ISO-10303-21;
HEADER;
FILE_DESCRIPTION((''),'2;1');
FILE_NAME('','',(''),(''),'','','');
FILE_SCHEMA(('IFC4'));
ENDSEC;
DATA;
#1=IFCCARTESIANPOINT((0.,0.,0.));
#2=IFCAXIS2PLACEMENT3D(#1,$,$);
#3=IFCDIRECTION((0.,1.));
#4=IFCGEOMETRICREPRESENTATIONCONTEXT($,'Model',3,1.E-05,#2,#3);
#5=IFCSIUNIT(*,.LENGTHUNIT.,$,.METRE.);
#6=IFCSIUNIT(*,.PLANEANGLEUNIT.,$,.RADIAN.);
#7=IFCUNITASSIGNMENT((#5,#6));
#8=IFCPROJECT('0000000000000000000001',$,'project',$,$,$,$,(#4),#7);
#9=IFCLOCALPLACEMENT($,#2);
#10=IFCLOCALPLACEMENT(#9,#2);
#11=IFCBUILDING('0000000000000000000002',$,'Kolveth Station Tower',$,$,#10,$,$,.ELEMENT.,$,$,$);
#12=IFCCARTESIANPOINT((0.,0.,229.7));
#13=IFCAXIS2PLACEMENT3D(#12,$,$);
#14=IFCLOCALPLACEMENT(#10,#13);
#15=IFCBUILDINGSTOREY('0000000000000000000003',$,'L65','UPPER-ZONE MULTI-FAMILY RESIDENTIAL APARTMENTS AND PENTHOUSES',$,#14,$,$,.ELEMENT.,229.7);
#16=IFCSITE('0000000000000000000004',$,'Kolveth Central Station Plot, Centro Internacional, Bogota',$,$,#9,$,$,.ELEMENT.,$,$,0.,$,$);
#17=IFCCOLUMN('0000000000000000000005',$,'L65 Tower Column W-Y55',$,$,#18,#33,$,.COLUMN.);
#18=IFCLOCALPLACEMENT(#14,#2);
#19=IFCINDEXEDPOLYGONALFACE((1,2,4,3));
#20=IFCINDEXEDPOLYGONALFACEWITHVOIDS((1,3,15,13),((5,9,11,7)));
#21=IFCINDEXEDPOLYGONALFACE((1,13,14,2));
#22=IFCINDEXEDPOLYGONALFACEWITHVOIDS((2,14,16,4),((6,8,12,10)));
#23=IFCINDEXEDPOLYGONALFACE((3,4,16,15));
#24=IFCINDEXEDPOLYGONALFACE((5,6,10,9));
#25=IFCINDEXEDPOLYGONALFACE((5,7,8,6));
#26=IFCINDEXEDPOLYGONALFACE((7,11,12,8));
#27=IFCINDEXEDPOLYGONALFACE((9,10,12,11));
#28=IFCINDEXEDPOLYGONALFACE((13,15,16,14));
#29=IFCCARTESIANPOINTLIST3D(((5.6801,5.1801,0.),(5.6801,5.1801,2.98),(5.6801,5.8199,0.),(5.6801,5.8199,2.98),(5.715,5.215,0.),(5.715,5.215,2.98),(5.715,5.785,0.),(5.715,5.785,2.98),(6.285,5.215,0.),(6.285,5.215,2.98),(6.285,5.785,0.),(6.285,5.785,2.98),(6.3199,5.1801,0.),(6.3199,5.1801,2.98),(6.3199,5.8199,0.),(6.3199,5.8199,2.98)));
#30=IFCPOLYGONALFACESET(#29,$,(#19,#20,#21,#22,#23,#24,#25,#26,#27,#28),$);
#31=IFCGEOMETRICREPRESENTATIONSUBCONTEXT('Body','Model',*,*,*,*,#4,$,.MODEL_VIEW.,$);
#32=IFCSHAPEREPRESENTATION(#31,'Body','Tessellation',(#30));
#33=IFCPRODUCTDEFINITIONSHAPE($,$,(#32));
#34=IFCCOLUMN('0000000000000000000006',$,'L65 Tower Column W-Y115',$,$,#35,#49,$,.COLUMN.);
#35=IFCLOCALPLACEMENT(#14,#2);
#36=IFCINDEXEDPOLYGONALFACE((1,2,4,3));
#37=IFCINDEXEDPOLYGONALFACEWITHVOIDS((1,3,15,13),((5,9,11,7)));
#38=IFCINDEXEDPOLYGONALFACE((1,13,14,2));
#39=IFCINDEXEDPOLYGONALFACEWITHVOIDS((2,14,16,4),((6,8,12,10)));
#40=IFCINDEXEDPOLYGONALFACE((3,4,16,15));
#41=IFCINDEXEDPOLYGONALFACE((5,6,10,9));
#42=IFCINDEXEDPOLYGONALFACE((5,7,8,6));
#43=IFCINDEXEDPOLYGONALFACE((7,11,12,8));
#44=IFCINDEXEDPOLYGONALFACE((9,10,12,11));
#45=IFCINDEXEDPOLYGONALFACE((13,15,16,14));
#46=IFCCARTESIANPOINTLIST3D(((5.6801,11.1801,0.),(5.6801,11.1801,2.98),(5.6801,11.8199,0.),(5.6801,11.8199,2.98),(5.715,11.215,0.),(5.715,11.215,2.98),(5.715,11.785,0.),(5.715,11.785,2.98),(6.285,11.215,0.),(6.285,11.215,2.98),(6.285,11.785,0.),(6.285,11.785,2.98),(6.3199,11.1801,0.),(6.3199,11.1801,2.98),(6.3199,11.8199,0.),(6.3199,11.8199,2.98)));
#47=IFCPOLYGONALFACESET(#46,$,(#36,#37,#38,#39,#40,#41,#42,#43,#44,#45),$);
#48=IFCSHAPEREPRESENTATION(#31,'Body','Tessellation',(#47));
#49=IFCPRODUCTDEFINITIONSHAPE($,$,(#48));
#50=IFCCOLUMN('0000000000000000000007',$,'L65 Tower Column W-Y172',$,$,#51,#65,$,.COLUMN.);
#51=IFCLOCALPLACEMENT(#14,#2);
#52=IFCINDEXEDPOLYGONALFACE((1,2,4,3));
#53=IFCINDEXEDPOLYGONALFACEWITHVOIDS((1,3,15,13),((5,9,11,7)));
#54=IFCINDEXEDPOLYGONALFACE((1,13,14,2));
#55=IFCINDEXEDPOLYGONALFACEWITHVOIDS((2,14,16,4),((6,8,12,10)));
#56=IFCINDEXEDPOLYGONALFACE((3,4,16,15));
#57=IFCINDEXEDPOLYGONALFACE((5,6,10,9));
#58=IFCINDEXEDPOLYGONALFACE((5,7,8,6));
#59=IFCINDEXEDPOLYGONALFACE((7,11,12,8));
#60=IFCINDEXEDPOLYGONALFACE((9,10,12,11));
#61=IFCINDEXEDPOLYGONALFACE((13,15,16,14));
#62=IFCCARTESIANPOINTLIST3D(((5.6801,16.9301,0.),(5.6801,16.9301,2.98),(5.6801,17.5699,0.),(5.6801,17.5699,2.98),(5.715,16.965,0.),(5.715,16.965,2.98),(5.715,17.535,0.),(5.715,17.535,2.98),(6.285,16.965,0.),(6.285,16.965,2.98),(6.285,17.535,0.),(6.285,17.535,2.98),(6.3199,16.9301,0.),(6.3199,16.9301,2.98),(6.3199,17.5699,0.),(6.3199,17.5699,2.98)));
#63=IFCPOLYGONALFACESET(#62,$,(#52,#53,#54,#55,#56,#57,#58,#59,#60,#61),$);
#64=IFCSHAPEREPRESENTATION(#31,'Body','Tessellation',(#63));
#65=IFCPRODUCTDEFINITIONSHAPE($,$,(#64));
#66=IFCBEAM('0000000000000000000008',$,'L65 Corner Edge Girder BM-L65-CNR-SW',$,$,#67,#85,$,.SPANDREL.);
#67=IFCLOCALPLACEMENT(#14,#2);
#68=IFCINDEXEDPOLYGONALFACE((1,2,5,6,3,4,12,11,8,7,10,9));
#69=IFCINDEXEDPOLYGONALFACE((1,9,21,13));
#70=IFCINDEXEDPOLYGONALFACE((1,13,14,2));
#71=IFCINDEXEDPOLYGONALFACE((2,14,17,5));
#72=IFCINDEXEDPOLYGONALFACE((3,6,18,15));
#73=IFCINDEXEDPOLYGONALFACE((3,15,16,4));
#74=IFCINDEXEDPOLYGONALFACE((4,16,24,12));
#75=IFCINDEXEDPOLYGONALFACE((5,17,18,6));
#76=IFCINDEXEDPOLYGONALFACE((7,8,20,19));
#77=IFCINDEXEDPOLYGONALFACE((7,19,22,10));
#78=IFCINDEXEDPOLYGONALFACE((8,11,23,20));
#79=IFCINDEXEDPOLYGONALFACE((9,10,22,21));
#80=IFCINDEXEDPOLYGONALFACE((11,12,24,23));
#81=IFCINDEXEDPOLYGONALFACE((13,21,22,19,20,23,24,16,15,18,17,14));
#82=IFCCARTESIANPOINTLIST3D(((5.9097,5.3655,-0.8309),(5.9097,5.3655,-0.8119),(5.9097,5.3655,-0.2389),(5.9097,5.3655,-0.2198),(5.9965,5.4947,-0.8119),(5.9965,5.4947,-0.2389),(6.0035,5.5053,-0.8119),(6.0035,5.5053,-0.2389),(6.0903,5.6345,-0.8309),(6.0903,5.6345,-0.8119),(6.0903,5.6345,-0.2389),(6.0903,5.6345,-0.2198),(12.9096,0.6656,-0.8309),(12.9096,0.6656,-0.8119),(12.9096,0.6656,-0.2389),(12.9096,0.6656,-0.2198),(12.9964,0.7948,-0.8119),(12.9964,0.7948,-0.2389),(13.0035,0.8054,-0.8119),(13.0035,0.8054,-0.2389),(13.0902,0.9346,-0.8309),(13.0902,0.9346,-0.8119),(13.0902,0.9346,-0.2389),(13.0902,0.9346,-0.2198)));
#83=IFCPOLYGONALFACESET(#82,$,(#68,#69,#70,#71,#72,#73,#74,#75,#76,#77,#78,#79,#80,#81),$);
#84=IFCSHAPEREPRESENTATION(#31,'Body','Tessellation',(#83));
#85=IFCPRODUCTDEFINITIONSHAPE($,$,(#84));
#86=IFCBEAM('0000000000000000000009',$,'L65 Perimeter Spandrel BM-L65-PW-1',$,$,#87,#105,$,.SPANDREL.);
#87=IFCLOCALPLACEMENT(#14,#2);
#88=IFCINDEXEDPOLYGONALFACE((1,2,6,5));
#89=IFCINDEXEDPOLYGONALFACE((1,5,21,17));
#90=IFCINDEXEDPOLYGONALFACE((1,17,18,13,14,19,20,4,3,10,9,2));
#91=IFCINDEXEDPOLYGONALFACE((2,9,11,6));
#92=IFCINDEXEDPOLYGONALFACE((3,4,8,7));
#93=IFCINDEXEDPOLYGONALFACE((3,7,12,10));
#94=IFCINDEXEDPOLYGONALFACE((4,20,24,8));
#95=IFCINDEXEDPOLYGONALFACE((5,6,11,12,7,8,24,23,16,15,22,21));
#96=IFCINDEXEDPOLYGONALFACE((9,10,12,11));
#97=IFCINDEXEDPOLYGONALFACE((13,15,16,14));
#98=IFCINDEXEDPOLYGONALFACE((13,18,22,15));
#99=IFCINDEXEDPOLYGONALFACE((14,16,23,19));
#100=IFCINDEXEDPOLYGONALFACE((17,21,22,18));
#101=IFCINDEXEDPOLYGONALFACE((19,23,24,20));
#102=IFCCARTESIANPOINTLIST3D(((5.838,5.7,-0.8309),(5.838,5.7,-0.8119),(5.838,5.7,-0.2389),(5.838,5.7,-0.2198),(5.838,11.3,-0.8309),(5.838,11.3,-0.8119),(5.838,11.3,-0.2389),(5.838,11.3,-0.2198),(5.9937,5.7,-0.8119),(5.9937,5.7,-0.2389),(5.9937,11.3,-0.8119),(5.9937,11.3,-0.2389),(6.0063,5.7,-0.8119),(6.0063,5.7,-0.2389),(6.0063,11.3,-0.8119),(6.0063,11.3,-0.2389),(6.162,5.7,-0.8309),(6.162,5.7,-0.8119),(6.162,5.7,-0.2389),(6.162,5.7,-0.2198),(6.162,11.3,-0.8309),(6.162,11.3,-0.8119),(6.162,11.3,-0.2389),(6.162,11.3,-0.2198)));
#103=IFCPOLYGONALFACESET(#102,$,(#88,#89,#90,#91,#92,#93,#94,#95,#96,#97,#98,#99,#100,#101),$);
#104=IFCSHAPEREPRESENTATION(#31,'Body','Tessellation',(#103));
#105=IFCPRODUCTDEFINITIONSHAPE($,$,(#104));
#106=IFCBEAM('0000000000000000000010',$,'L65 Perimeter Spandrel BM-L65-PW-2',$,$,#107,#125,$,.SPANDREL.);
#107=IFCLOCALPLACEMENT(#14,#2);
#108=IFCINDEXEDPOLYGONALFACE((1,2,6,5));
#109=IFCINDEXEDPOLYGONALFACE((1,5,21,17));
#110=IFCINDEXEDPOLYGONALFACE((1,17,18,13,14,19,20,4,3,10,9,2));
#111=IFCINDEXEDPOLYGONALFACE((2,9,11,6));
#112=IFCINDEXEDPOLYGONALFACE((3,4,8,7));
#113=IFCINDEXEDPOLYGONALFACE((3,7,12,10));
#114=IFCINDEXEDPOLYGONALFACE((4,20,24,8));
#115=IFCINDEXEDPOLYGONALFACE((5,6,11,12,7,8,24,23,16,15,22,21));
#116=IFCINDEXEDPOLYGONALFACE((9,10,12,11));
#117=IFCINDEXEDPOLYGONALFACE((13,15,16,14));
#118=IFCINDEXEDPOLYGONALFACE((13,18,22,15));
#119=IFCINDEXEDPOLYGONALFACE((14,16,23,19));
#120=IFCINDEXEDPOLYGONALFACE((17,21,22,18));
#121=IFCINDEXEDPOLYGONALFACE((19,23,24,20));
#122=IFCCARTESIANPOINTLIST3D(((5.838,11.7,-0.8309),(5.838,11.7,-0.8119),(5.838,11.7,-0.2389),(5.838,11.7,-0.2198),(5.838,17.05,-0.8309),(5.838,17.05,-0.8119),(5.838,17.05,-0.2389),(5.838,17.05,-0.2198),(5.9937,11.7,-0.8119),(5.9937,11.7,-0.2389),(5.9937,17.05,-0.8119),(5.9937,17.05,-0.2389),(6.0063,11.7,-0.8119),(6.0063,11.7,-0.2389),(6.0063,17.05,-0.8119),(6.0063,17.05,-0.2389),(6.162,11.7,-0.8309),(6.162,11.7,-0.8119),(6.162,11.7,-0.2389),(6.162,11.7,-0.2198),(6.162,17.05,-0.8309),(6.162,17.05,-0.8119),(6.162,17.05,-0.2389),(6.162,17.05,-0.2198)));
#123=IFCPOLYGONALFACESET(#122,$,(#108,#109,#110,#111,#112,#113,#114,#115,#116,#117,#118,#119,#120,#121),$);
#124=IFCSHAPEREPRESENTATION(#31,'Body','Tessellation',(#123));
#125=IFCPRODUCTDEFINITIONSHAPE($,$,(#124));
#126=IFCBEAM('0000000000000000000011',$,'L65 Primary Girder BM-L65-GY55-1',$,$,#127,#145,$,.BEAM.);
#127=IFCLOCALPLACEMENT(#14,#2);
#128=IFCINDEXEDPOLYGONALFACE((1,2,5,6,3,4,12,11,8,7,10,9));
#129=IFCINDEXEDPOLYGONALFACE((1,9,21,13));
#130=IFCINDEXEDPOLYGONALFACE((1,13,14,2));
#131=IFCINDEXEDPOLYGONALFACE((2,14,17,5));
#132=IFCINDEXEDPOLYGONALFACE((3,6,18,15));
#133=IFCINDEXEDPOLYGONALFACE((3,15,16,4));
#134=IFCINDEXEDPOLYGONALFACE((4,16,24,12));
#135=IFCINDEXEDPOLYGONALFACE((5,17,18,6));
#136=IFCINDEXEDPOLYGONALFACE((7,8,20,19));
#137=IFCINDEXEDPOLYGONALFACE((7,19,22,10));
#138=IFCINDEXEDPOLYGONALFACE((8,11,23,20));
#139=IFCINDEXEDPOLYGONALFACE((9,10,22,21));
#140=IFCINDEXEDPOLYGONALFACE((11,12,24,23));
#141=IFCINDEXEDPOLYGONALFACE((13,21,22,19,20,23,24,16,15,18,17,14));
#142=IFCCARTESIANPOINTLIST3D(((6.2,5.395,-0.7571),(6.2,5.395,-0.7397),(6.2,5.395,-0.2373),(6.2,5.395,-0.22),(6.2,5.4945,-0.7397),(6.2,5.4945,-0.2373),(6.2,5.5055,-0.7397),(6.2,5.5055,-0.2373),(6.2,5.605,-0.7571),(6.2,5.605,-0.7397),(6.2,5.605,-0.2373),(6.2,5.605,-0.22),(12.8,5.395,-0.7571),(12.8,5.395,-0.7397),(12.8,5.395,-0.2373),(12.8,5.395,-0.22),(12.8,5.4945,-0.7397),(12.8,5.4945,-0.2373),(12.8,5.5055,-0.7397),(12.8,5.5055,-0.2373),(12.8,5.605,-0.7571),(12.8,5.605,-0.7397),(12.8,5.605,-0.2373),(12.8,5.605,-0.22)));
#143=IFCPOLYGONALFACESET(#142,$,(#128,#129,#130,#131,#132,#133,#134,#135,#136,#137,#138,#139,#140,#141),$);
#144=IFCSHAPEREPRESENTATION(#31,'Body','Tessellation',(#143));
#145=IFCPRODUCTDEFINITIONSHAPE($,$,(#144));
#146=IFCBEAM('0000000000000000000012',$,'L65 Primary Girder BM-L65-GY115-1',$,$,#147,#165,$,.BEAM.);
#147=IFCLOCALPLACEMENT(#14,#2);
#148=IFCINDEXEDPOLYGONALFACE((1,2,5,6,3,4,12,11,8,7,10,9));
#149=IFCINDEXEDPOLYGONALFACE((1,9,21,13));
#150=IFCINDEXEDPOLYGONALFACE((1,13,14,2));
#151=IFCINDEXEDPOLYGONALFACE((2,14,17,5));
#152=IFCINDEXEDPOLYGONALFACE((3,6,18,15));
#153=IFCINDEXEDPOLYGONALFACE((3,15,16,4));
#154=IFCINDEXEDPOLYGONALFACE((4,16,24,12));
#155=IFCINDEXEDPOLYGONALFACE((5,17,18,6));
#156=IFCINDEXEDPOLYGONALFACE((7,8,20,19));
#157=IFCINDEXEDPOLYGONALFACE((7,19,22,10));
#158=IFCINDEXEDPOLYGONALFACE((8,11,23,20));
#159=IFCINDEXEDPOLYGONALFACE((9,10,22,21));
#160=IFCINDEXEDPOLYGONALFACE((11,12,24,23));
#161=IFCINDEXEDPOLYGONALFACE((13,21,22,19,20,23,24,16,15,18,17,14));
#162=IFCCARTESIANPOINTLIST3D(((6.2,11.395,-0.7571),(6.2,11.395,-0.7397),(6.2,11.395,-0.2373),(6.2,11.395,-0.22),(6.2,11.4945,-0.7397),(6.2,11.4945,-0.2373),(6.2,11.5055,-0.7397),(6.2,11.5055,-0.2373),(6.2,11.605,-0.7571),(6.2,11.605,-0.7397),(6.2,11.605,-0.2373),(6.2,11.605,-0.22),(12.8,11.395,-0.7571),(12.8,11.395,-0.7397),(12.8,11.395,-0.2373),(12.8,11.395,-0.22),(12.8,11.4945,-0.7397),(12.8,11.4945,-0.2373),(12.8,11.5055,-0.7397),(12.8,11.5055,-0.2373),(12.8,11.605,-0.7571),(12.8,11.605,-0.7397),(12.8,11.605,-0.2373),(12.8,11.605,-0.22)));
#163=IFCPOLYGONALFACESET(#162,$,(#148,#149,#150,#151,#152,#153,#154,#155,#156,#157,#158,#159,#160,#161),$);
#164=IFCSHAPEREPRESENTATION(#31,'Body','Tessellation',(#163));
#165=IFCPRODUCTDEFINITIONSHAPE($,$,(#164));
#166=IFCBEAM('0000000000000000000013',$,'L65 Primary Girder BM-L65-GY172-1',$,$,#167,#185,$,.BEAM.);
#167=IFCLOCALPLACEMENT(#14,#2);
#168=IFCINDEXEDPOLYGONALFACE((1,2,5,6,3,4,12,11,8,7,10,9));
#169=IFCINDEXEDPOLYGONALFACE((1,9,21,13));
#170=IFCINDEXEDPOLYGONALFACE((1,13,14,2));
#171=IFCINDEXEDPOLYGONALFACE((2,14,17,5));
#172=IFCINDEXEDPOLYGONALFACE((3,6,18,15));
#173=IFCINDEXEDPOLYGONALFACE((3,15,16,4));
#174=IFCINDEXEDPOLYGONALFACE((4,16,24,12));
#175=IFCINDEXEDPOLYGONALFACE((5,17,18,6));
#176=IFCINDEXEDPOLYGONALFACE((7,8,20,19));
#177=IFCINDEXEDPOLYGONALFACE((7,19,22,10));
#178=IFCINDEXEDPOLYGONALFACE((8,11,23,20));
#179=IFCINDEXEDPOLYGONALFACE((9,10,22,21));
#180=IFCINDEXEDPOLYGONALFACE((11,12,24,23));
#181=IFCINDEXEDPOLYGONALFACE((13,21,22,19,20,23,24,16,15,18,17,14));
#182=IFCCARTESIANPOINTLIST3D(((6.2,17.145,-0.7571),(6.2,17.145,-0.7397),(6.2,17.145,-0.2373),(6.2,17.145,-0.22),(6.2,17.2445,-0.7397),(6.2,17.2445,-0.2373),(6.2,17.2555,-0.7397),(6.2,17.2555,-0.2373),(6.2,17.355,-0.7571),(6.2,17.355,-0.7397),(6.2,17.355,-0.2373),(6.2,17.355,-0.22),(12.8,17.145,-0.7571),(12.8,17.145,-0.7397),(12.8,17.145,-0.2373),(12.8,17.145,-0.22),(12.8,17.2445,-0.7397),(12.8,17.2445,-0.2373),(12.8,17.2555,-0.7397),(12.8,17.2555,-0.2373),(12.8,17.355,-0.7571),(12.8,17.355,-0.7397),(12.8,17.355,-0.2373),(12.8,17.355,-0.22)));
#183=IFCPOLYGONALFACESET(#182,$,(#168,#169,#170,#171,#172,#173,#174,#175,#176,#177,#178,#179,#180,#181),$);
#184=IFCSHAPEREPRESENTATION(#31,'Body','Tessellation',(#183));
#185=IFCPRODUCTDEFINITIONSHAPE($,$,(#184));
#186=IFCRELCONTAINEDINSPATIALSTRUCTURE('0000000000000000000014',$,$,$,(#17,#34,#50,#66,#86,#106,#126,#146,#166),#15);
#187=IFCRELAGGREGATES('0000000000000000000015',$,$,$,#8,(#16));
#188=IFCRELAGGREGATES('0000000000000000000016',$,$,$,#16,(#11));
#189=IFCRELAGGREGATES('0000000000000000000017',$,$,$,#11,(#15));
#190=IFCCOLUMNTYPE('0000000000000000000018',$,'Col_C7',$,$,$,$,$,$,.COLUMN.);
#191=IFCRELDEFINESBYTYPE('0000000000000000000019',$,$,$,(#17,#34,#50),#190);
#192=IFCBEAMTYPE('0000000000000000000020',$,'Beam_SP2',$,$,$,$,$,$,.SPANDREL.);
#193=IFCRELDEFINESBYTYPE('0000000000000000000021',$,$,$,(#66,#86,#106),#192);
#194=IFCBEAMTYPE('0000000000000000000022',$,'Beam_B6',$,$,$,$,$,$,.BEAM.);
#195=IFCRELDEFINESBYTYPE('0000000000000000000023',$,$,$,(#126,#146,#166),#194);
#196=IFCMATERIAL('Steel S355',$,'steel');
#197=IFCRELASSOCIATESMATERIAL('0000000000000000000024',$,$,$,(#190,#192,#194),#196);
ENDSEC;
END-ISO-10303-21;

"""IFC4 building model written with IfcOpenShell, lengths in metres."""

from ifc_helpers import new_model, si_unit, direction, frame, origin, origin_2d, place, context, subcontext, project, spatial, hollow_rectangle, i_section, extrude, source, transform, mapped, material, material_profile, profile_set, type_object, element, save


model = new_model("IFC4")

# Units and contexts
model_context = context("Model", 3, precision=1e-05, world=origin(), true_north=direction((0.0, 1.0)))
body_context = subcontext(model_context, "Body", "Model", "MODEL_VIEW")
ifc_project = project(units=[si_unit("LENGTHUNIT", "METRE"), si_unit("PLANEANGLEUNIT", "RADIAN")], contexts=[model_context])

# Site, building, storey
site_placement = place(None, origin())
site = spatial("IfcSite", under=ifc_project, at=site_placement, Name="Kolveth Central Station Plot, Centro Internacional, Bogota", CompositionType="ELEMENT", RefElevation=0.0)
building_placement = place(site_placement, origin())
building = spatial("IfcBuilding", under=site, at=building_placement, Name="Kolveth Station Tower", CompositionType="ELEMENT")
storey_placement = place(building_placement, frame((0.0, 0.0, 229.7)))
storey = spatial("IfcBuildingStorey", under=building, at=storey_placement, Name="L65", Description="UPPER-ZONE MULTI-FAMILY RESIDENTIAL APARTMENTS AND PENTHOUSES", CompositionType="ELEMENT", Elevation=229.7)

# Columns
ifc_material_1 = material(Name="Steel S355", Category="steel")
ifc_material_profile_1 = material_profile(ifc_material_1, hollow_rectangle(XDim=0.6399, YDim=0.6399, WallThickness=0.0349, at=origin_2d()), Name="BOX640x640x35")
ifc_profile_set_1 = profile_set([ifc_material_profile_1], Name="Steel S355")
column_type = type_object("IfcColumnType", Name="Col_C7", PredefinedType="COLUMN", material=ifc_profile_set_1)
shared_shape_1 = source(origin(), body_context, "Body", "SweptSolid", [
    extrude(hollow_rectangle(XDim=0.6399, YDim=0.6399, WallThickness=0.0349, at=origin_2d()), origin(), (0.0, 0.0, 1.0), 2.98),
])
for number, where, z_axis, x_axis, name in (
    (1, (6.0, 5.5, 0.0), (0.0, 0.0, 1.0), (1.0, 0.0, 0.0), "L65 Tower Column W-Y55"),
    (2, (6.0, 11.5, 0.0), (0.0, 0.0, 1.0), (1.0, 0.0, 0.0), "L65 Tower Column W-Y115"),
    (3, (6.0, 17.25, 0.0), (0.0, 0.0, 1.0), (1.0, 0.0, 0.0), "L65 Tower Column W-Y172"),
):
    element("IfcColumn", number, at=place(storey_placement, frame(where, z_axis=z_axis, x_axis=x_axis)), inside=storey, type_object=column_type, Name=name, PredefinedType="COLUMN", context=body_context, shape_type="MappedRepresentation", body=[
        mapped(shared_shape_1, transform((0.0, 0.0, 0.0), x_axis=(1.0, 0.0, 0.0), y_axis=(0.0, 1.0, 0.0), z_axis=(0.0, 0.0, 1.0), scale=1.0)),
    ])

# Beams
ifc_material_profile_2 = material_profile(ifc_material_1, i_section(OverallWidth=0.324, OverallDepth=0.6111, WebThickness=0.0127, FlangeThickness=0.019, at=origin_2d()), Name="W610x155")
ifc_profile_set_2 = profile_set([ifc_material_profile_2], Name="Steel S355")
beam_type_1 = type_object("IfcBeamType", Name="Beam_SP2", PredefinedType="SPANDREL", material=ifc_profile_set_2)
shared_shape_2 = source(origin(), body_context, "Body", "SweptSolid", [
    extrude(i_section(OverallWidth=0.324, OverallDepth=0.6111, WebThickness=0.0127, FlangeThickness=0.019, at=origin_2d()), origin(), (0.0, 0.0, 1.0), 8.4314),
])
beam_1_placement = place(storey_placement, frame((6.0, 5.5, -0.5254), z_axis=(0.830224, -0.55743, 0.0), x_axis=(0.55743, 0.830224, 0.0)))
element("IfcBeam", 4, at=beam_1_placement, inside=storey, type_object=beam_type_1, Name="L65 Corner Edge Girder BM-L65-CNR-SW", PredefinedType="SPANDREL", context=body_context, shape_type="MappedRepresentation", body=[
    mapped(shared_shape_2, transform((0.0, 0.0, 0.0), x_axis=(1.0, 0.0, 0.0), y_axis=(0.0, 1.0, 0.0), z_axis=(0.0, 0.0, 1.0), scale=1.0)),
])
shared_shape_3 = source(origin(), body_context, "Body", "SweptSolid", [
    extrude(i_section(OverallWidth=0.324, OverallDepth=0.6111, WebThickness=0.0127, FlangeThickness=0.019, at=origin_2d()), origin(), (0.0, 0.0, 1.0), 5.6001),
])
beam_2_placement = place(storey_placement, frame((6.0, 5.7, -0.5254), z_axis=(0.0, 1.0, 0.0), x_axis=(-1.0, 0.0, 0.0)))
element("IfcBeam", 5, at=beam_2_placement, inside=storey, type_object=beam_type_1, Name="L65 Perimeter Spandrel BM-L65-PW-1", PredefinedType="SPANDREL", context=body_context, shape_type="MappedRepresentation", body=[
    mapped(shared_shape_3, transform((0.0, 0.0, 0.0), x_axis=(1.0, 0.0, 0.0), y_axis=(0.0, 1.0, 0.0), z_axis=(0.0, 0.0, 1.0), scale=1.0)),
])
shared_shape_4 = source(origin(), body_context, "Body", "SweptSolid", [
    extrude(i_section(OverallWidth=0.324, OverallDepth=0.6111, WebThickness=0.0127, FlangeThickness=0.019, at=origin_2d()), origin(), (0.0, 0.0, 1.0), 5.3501),
])
beam_3_placement = place(storey_placement, frame((6.0, 11.7, -0.5254), z_axis=(0.0, 1.0, 0.0), x_axis=(-1.0, 0.0, 0.0)))
element("IfcBeam", 6, at=beam_3_placement, inside=storey, type_object=beam_type_1, Name="L65 Perimeter Spandrel BM-L65-PW-2", PredefinedType="SPANDREL", context=body_context, shape_type="MappedRepresentation", body=[
    mapped(shared_shape_4, transform((0.0, 0.0, 0.0), x_axis=(1.0, 0.0, 0.0), y_axis=(0.0, 1.0, 0.0), z_axis=(0.0, 0.0, 1.0), scale=1.0)),
])
ifc_material_profile_3 = material_profile(ifc_material_1, i_section(OverallWidth=0.21, OverallDepth=0.5371, WebThickness=0.011, FlangeThickness=0.0173, at=origin_2d()), Name="W530x101")
ifc_profile_set_3 = profile_set([ifc_material_profile_3], Name="Steel S355")
beam_type_2 = type_object("IfcBeamType", Name="Beam_B6", PredefinedType="BEAM", material=ifc_profile_set_3)
shared_shape_5 = source(origin(), body_context, "Body", "SweptSolid", [
    extrude(i_section(OverallWidth=0.21, OverallDepth=0.5371, WebThickness=0.011, FlangeThickness=0.0173, at=origin_2d()), origin(), (0.0, 0.0, 1.0), 6.6001),
])
for number, where, z_axis, x_axis, name in (
    (7, (6.2, 5.5, -0.4885), (1.0, 0.0, 0.0), (0.0, 1.0, 0.0), "L65 Primary Girder BM-L65-GY55-1"),
    (8, (6.2, 11.5, -0.4885), (1.0, 0.0, 0.0), (0.0, 1.0, 0.0), "L65 Primary Girder BM-L65-GY115-1"),
    (9, (6.2, 17.25, -0.4885), (1.0, 0.0, 0.0), (0.0, 1.0, 0.0), "L65 Primary Girder BM-L65-GY172-1"),
):
    element("IfcBeam", number, at=place(storey_placement, frame(where, z_axis=z_axis, x_axis=x_axis)), inside=storey, type_object=beam_type_2, Name=name, PredefinedType="BEAM", context=body_context, shape_type="MappedRepresentation", body=[
        mapped(shared_shape_5, transform((0.0, 0.0, 0.0), x_axis=(1.0, 0.0, 0.0), y_axis=(0.0, 1.0, 0.0), z_axis=(0.0, 0.0, 1.0), scale=1.0)),
    ])

save(model, "model.ifc")
